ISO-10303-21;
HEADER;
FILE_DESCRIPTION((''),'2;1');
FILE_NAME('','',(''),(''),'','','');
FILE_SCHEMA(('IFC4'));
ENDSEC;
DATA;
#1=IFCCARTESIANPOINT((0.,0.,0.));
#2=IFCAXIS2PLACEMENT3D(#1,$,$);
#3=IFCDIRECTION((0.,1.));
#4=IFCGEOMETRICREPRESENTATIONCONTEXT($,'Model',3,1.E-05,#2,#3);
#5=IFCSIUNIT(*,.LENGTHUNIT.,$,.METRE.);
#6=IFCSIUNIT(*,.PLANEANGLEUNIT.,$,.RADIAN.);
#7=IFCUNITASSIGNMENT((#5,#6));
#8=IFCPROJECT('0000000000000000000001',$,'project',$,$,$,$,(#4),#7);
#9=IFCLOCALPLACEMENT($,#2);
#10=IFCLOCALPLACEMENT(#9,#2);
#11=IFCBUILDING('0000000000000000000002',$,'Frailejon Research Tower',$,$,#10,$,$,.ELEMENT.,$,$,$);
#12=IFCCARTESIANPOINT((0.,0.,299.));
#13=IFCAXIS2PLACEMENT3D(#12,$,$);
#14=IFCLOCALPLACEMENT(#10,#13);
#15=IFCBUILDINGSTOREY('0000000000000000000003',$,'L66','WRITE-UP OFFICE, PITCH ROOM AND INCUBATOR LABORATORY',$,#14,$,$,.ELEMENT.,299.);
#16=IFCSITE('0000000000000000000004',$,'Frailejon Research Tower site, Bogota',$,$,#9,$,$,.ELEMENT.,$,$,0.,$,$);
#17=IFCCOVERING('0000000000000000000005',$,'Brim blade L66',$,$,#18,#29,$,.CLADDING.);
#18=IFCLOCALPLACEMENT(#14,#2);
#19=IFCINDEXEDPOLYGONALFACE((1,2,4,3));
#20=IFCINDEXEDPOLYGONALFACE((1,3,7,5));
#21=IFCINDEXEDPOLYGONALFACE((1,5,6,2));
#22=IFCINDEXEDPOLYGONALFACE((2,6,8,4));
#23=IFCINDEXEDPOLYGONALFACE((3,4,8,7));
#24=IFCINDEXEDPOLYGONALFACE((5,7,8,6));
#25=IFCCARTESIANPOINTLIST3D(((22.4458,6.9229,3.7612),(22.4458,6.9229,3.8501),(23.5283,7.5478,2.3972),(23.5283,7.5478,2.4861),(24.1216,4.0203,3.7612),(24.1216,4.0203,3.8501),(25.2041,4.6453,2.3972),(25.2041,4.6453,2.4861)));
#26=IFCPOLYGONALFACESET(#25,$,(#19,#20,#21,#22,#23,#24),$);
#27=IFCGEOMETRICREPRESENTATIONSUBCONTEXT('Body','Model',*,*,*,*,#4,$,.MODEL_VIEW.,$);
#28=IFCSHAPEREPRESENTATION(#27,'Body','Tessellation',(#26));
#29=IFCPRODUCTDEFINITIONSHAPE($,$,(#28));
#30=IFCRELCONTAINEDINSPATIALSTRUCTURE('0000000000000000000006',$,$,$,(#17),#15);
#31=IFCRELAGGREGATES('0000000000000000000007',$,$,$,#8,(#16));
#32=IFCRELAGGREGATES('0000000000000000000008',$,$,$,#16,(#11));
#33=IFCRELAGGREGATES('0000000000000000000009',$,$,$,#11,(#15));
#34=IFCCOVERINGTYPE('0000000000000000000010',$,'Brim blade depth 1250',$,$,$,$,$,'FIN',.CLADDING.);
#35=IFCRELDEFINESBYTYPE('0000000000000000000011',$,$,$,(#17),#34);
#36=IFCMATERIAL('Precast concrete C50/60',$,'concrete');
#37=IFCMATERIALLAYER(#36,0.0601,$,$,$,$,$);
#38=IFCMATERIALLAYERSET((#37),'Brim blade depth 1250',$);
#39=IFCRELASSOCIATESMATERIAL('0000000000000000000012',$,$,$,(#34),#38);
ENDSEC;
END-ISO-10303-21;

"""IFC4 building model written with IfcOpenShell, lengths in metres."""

from ifc_helpers import new_model, si_unit, direction, frame, origin, place, context, subcontext, project, spatial, polyline, outline, extrude, material, layer, layer_set, type_object, element, save


model = new_model("IFC4")

# Units and contexts
model_context = context("Model", 3, precision=1e-05, world=origin(), true_north=direction((0.0, 1.0)))
body_context = subcontext(model_context, "Body", "Model", "MODEL_VIEW")
ifc_project = project(units=[si_unit("LENGTHUNIT", "METRE"), si_unit("PLANEANGLEUNIT", "RADIAN")], contexts=[model_context])

# Site, building, storey
site_placement = place(None, origin())
site = spatial("IfcSite", under=ifc_project, at=site_placement, Name="Frailejon Research Tower site, Bogota", CompositionType="ELEMENT", RefElevation=0.0)
building_placement = place(site_placement, origin())
building = spatial("IfcBuilding", under=site, at=building_placement, Name="Frailejon Research Tower", CompositionType="ELEMENT")
storey_placement = place(building_placement, frame((0.0, 0.0, 299.0)))
storey = spatial("IfcBuildingStorey", under=building, at=storey_placement, Name="L66", Description="WRITE-UP OFFICE, PITCH ROOM AND INCUBATOR LABORATORY", CompositionType="ELEMENT", Elevation=299.0)

# Covering
ifc_material_1 = material(Name="Precast concrete C50/60", Category="concrete")
ifc_layer_1 = layer(ifc_material_1, 0.0601)
ifc_layer_set_1 = layer_set([ifc_layer_1], Name="Brim blade depth 1250")
covering_type_1 = type_object("IfcCoveringType", Name="Brim blade depth 1250", ElementType="FIN", PredefinedType="CLADDING", material=ifc_layer_set_1)
covering_1_placement = place(storey_placement, frame((22.4458, 6.9229, 3.8501), z_axis=(0.499997, -0.866027, 0.0), x_axis=(0.866027, 0.499997, 0.0)))
element("IfcCovering", 1, at=covering_1_placement, inside=storey, type_object=covering_type_1, Name="Brim blade L66", PredefinedType="CLADDING", context=body_context, shape_type="SweptSolid", body=[
    extrude(outline(polyline([(0.0, -0.0889), (1.25, -1.4529), (1.25, -1.364), (0.0, 0.0), (0.0, -0.0889)])), origin(), (0.0, 0.0, 1.0), 3.3516),
])

save(model, "model.ifc")
